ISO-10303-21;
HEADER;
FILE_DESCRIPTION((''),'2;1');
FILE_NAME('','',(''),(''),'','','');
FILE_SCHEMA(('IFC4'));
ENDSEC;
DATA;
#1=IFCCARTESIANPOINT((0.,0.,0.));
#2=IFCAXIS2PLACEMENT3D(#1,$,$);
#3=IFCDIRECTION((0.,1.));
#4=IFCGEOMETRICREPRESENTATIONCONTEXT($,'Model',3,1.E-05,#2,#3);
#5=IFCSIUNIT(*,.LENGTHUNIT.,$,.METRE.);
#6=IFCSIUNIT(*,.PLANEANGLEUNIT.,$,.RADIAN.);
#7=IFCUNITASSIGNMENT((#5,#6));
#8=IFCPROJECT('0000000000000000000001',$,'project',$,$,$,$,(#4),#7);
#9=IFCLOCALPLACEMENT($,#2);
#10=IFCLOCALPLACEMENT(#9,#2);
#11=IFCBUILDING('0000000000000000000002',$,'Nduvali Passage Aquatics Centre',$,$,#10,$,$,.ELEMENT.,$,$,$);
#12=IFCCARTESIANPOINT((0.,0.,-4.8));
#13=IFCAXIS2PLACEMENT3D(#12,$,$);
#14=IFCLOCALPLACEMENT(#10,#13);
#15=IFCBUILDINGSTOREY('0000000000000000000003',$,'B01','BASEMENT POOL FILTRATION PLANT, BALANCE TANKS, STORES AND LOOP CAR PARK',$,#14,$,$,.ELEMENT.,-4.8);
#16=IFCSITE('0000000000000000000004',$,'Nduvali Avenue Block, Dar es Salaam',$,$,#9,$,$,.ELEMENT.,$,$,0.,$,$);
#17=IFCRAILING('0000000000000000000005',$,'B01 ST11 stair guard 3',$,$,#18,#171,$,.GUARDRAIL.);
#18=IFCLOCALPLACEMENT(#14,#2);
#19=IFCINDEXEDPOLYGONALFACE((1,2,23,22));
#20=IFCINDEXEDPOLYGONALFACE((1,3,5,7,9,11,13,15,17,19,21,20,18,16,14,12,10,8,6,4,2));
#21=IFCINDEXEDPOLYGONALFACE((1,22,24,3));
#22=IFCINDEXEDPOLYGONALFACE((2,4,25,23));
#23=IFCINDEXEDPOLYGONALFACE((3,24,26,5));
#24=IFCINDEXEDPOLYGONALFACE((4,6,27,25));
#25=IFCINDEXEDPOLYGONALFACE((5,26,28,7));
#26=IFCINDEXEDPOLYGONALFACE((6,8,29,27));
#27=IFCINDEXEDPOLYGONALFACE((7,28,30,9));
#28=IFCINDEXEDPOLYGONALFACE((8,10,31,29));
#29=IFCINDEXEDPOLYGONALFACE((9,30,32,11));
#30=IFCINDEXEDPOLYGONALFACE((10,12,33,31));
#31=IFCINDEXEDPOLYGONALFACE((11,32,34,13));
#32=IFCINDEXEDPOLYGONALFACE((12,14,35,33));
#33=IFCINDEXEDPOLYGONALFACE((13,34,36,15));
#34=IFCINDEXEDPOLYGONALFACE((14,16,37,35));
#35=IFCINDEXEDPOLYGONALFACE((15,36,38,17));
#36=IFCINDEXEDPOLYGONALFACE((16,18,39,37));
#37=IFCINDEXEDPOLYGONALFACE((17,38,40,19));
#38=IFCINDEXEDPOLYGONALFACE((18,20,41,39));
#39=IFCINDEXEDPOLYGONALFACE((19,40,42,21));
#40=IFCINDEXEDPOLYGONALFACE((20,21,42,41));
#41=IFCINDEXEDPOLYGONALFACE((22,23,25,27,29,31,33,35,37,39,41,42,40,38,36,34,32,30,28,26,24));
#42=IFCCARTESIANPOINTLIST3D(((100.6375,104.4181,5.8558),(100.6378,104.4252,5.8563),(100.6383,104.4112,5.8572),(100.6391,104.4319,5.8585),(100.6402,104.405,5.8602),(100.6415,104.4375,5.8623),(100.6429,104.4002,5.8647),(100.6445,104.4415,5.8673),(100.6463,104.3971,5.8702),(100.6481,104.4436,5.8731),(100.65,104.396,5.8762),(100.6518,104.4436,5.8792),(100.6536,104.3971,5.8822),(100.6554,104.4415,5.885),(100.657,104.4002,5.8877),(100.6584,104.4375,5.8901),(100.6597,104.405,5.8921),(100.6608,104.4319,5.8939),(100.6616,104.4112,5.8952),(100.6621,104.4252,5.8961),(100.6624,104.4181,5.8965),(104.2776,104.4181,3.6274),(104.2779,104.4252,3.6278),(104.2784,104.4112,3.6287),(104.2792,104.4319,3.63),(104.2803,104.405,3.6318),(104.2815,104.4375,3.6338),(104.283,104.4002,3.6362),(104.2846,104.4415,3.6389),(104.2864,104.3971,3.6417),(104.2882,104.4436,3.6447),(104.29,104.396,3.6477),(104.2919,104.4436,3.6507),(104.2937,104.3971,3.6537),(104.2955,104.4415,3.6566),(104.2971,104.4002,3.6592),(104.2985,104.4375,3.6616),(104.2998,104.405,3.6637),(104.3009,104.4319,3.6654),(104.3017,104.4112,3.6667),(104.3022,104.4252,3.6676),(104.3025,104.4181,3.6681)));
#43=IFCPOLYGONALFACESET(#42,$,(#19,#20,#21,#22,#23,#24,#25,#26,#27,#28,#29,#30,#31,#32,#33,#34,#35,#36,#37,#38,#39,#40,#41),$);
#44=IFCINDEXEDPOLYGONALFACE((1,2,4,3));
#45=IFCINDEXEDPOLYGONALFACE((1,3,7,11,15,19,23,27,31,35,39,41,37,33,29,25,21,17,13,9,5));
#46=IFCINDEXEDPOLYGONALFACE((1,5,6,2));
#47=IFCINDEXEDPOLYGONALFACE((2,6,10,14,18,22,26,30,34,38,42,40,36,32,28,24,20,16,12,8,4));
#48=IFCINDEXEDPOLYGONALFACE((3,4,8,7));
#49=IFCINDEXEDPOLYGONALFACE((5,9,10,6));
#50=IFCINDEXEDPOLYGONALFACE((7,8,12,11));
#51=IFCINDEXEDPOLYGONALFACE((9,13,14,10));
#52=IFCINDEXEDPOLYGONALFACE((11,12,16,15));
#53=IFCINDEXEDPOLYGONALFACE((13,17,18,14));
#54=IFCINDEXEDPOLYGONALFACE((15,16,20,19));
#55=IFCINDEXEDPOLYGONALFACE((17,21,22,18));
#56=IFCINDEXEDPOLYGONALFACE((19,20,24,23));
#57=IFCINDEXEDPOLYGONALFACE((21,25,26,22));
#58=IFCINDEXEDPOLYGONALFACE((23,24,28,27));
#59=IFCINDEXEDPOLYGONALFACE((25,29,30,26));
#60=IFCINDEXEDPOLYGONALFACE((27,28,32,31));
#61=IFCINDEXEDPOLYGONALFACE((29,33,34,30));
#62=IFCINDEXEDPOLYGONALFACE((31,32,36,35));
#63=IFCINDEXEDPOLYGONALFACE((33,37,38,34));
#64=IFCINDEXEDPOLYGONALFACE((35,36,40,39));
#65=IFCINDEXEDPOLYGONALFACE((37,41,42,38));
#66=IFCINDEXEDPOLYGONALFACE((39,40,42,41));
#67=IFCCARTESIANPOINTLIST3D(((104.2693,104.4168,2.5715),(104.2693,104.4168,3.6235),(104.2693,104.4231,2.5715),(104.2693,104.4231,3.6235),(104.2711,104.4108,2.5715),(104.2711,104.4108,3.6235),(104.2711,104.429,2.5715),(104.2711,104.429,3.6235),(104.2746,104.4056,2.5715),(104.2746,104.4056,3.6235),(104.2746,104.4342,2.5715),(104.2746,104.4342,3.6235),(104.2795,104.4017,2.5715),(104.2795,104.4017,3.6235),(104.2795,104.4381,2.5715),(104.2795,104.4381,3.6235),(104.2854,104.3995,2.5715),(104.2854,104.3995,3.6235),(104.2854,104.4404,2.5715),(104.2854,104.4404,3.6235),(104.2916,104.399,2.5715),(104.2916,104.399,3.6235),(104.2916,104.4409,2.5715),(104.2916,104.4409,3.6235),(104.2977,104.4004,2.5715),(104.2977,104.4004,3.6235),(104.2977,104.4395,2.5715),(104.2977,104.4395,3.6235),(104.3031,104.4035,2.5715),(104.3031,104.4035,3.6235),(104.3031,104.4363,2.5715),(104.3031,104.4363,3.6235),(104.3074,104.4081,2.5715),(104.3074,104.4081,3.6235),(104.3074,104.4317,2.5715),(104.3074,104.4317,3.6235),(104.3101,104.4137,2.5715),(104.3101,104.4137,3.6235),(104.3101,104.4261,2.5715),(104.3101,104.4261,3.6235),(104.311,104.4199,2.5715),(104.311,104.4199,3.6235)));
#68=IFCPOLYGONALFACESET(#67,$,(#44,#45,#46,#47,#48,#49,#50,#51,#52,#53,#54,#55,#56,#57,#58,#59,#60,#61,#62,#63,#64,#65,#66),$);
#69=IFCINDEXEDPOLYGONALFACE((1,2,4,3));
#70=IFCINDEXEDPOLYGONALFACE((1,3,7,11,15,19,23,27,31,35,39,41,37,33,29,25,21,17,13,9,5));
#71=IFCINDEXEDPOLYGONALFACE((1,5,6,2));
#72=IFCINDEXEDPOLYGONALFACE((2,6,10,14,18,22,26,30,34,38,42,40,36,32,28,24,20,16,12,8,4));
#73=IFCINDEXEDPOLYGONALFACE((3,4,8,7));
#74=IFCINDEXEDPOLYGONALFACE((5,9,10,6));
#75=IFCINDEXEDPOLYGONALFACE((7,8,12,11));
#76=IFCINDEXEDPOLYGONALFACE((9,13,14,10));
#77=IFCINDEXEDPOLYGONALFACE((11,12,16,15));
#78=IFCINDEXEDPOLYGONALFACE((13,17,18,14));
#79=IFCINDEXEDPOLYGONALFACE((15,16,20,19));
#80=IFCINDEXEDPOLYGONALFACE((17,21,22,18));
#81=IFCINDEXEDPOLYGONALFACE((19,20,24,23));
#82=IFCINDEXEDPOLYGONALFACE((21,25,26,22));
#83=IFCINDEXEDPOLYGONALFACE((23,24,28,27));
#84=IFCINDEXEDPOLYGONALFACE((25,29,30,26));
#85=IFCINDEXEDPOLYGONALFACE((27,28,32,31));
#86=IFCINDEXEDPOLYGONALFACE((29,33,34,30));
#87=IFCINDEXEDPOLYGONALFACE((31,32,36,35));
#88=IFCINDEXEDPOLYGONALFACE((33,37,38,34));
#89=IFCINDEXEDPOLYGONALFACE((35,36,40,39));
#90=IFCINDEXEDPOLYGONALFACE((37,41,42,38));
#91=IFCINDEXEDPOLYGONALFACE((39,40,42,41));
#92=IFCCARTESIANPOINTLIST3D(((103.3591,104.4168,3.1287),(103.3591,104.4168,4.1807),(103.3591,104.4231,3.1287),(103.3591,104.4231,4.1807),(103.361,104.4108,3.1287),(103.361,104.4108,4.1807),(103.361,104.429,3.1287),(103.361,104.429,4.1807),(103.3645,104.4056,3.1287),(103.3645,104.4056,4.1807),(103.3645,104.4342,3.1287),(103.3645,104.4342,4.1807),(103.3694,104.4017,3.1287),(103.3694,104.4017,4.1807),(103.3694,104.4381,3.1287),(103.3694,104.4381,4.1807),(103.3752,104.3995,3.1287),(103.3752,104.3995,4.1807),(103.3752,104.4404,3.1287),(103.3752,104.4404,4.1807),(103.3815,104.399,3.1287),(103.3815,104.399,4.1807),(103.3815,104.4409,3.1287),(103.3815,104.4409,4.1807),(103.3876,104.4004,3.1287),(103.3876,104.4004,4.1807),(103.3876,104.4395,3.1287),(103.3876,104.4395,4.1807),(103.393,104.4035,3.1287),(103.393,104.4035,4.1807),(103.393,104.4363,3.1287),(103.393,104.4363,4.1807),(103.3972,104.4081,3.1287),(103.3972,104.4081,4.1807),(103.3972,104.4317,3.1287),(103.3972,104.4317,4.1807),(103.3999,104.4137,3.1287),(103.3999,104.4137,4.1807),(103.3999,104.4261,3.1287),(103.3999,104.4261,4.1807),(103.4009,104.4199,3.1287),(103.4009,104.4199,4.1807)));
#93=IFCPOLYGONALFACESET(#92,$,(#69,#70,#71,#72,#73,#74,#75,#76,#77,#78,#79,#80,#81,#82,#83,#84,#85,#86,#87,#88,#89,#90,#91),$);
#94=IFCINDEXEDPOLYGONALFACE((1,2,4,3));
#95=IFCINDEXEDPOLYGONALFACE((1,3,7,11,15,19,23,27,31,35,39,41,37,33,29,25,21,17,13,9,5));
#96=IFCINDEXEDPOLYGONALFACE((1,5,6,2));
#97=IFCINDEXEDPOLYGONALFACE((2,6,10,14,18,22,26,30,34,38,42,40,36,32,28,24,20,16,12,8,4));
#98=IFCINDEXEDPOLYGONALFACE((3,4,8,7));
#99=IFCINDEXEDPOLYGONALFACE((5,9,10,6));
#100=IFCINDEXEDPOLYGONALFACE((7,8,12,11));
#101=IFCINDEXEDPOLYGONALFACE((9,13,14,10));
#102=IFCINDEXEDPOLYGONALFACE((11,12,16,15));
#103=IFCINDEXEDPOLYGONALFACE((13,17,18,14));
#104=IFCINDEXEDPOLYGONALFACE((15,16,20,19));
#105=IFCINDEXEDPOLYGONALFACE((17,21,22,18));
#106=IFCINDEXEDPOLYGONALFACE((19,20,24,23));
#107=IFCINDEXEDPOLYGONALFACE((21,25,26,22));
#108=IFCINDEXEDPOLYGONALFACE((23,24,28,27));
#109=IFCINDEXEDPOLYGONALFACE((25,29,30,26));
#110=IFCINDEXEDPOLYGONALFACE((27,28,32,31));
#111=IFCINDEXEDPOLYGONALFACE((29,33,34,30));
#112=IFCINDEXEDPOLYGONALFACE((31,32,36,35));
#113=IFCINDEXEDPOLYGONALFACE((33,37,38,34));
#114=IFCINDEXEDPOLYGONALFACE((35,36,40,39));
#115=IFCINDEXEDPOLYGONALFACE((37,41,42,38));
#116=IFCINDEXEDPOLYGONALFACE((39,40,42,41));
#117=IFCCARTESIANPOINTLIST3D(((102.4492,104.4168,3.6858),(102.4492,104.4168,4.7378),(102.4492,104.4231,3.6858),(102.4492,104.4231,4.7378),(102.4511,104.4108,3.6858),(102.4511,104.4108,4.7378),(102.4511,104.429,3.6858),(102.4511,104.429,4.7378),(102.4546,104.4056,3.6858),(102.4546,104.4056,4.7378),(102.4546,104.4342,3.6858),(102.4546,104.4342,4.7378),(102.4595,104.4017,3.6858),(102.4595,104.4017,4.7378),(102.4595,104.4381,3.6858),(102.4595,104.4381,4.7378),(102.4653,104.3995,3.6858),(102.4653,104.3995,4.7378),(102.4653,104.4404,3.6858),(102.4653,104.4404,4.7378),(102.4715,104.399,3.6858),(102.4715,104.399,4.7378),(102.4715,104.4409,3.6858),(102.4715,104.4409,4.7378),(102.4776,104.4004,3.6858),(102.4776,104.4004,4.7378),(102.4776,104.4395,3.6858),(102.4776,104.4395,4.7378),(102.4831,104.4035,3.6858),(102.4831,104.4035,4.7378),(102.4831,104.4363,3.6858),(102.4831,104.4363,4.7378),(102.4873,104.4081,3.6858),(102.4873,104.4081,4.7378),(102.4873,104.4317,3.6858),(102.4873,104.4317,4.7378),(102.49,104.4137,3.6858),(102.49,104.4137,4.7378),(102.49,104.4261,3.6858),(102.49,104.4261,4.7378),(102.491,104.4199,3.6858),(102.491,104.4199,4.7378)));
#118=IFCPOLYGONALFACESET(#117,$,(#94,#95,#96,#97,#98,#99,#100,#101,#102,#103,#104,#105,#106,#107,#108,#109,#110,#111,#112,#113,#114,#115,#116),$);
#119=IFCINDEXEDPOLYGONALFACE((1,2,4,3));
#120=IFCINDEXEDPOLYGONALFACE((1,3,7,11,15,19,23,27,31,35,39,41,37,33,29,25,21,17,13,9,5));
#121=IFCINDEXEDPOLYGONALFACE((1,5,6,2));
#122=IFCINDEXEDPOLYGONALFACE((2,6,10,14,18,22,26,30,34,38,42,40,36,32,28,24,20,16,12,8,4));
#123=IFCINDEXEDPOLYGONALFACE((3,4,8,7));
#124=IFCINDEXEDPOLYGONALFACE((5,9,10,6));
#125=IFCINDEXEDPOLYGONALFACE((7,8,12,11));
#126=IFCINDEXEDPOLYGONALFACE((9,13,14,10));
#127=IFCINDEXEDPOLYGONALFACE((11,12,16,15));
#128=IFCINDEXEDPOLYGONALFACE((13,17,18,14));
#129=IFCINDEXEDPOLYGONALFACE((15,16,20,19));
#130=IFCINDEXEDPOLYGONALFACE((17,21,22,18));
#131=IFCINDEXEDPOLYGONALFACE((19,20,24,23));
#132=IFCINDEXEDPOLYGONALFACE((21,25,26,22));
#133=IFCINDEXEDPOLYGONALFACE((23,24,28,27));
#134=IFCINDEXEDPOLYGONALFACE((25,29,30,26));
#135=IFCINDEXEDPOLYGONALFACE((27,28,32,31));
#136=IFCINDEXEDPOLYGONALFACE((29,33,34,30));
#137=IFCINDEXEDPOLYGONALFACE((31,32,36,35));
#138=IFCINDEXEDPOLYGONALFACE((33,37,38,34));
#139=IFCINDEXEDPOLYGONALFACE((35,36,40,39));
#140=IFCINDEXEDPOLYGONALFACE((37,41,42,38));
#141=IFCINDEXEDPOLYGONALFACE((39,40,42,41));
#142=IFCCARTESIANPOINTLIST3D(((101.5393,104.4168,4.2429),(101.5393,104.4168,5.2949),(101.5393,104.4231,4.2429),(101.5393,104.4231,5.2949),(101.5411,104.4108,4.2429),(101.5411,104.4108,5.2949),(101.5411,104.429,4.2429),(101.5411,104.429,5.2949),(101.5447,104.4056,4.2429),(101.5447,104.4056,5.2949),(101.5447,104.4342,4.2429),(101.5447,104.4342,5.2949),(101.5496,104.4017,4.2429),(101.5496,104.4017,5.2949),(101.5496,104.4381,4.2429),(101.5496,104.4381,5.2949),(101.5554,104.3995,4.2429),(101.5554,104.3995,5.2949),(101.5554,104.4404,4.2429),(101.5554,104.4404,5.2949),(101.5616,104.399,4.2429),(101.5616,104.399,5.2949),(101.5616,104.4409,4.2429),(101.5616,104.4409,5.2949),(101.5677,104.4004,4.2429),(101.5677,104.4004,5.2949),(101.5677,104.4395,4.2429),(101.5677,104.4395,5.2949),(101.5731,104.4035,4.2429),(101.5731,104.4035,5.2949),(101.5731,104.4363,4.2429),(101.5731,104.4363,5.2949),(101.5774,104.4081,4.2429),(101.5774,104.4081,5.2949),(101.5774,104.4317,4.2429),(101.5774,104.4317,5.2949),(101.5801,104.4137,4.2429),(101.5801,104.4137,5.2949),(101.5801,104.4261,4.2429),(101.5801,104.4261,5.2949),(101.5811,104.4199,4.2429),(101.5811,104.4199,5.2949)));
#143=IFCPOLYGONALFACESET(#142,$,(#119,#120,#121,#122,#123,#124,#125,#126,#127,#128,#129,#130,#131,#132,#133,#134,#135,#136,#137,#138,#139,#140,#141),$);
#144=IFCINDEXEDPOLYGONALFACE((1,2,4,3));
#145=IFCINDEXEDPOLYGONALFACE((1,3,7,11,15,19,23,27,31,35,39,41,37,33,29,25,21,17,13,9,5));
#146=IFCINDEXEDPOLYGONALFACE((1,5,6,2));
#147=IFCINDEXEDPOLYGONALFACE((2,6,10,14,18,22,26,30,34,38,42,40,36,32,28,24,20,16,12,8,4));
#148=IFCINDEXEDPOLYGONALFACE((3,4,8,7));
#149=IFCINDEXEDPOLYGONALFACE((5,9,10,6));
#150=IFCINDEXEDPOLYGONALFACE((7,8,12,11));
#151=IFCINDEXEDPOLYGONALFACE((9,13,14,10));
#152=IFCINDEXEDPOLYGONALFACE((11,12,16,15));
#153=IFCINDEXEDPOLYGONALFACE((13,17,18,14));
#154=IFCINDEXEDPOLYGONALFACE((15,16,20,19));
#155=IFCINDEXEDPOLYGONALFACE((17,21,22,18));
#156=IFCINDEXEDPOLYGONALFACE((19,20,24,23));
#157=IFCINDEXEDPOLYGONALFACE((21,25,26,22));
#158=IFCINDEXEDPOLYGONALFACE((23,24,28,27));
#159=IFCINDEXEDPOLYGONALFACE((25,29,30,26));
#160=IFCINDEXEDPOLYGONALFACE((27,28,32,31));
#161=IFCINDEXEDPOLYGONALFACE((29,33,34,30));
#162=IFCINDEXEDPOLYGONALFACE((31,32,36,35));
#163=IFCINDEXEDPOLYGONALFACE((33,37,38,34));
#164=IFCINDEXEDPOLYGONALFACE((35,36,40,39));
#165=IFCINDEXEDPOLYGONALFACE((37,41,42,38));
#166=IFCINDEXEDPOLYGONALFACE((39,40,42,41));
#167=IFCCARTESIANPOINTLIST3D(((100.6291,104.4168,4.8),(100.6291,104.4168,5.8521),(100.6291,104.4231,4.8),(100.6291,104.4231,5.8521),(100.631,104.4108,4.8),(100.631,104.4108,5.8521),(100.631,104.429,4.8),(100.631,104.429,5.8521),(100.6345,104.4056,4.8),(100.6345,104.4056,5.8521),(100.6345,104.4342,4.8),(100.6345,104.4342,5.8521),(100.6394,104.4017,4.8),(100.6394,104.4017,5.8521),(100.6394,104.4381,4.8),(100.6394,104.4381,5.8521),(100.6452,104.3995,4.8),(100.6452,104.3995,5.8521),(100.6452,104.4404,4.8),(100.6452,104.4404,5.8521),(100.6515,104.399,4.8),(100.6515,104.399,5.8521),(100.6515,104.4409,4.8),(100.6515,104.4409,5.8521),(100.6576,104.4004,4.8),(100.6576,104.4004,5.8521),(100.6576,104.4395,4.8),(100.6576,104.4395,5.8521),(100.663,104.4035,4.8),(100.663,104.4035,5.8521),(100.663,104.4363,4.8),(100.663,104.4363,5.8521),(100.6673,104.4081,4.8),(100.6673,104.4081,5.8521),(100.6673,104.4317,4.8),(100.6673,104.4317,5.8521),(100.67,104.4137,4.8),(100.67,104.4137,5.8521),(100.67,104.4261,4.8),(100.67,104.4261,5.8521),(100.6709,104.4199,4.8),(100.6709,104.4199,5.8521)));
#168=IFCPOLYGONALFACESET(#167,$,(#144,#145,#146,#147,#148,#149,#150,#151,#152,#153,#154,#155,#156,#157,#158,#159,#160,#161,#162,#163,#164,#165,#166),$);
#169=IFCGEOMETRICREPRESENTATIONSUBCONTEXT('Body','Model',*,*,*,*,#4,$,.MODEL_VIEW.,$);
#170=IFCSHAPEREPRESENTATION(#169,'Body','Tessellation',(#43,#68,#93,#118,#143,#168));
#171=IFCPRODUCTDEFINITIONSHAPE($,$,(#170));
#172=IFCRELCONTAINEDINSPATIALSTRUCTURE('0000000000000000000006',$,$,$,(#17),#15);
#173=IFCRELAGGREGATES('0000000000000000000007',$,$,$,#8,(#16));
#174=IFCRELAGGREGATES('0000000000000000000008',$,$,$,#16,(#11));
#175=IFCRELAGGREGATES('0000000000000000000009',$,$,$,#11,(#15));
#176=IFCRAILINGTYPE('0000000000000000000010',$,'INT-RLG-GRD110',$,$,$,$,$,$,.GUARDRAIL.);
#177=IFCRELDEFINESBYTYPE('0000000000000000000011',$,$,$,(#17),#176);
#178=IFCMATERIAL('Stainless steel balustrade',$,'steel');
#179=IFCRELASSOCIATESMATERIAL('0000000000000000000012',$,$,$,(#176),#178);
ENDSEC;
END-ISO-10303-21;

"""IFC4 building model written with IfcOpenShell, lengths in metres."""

from ifc_helpers import new_model, si_unit, direction, frame, origin, origin_2d, place, context, subcontext, project, spatial, circle, extrude, material, type_object, element, save


model = new_model("IFC4")

# Units and contexts
model_context = context("Model", 3, precision=1e-05, world=origin(), true_north=direction((0.0, 1.0)))
body_context = subcontext(model_context, "Body", "Model", "MODEL_VIEW")
ifc_project = project(units=[si_unit("LENGTHUNIT", "METRE"), si_unit("PLANEANGLEUNIT", "RADIAN")], contexts=[model_context])

# Site, building, storey
site_placement = place(None, origin())
site = spatial("IfcSite", under=ifc_project, at=site_placement, Name="Nduvali Avenue Block, Dar es Salaam", CompositionType="ELEMENT", RefElevation=0.0)
building_placement = place(site_placement, origin())
building = spatial("IfcBuilding", under=site, at=building_placement, Name="Nduvali Passage Aquatics Centre", CompositionType="ELEMENT")
storey_placement = place(building_placement, frame((0.0, 0.0, -4.8)))
storey = spatial("IfcBuildingStorey", under=building, at=storey_placement, Name="B01", Description="BASEMENT POOL FILTRATION PLANT, BALANCE TANKS, STORES AND LOOP CAR PARK", CompositionType="ELEMENT", Elevation=-4.8)

# Railing
ifc_material_1 = material(Name="Stainless steel balustrade", Category="steel")
railing_type_1 = type_object("IfcRailingType", Name="INT-RLG-GRD110", PredefinedType="GUARDRAIL", material=ifc_material_1)
railing_1_placement = place(storey_placement, frame((104.29, 104.4199, 2.5715)))
element("IfcRailing", 1, at=railing_1_placement, inside=storey, type_object=railing_type_1, Name="B01 ST11 stair guard 3", PredefinedType="GUARDRAIL", context=body_context, shape_type="SweptSolid", body=[
    extrude(circle(Radius=0.0239, at=origin_2d()), frame((0.0, 0.0, 1.0762), z_axis=(-0.852866, 0.0, 0.52213), x_axis=(0.0, -1.0, 0.0)), (0.0, 0.0, 1.0), 4.2681),
    extrude(circle(Radius=0.021, at=origin_2d()), origin(), (0.0, 0.0, 1.0), 1.052),
    extrude(circle(Radius=0.021, at=origin_2d()), frame((-0.9102, 0.0, 0.5571)), (0.0, 0.0, 1.0), 1.052),
    extrude(circle(Radius=0.021, at=origin_2d()), frame((-1.8201, 0.0, 1.1143)), (0.0, 0.0, 1.0), 1.052),
    extrude(circle(Radius=0.021, at=origin_2d()), frame((-2.73, 0.0, 1.6714)), (0.0, 0.0, 1.0), 1.052),
    extrude(circle(Radius=0.021, at=origin_2d()), frame((-3.6401, 0.0, 2.2285)), (0.0, 0.0, 1.0), 1.052),
])

save(model, "model.ifc")
